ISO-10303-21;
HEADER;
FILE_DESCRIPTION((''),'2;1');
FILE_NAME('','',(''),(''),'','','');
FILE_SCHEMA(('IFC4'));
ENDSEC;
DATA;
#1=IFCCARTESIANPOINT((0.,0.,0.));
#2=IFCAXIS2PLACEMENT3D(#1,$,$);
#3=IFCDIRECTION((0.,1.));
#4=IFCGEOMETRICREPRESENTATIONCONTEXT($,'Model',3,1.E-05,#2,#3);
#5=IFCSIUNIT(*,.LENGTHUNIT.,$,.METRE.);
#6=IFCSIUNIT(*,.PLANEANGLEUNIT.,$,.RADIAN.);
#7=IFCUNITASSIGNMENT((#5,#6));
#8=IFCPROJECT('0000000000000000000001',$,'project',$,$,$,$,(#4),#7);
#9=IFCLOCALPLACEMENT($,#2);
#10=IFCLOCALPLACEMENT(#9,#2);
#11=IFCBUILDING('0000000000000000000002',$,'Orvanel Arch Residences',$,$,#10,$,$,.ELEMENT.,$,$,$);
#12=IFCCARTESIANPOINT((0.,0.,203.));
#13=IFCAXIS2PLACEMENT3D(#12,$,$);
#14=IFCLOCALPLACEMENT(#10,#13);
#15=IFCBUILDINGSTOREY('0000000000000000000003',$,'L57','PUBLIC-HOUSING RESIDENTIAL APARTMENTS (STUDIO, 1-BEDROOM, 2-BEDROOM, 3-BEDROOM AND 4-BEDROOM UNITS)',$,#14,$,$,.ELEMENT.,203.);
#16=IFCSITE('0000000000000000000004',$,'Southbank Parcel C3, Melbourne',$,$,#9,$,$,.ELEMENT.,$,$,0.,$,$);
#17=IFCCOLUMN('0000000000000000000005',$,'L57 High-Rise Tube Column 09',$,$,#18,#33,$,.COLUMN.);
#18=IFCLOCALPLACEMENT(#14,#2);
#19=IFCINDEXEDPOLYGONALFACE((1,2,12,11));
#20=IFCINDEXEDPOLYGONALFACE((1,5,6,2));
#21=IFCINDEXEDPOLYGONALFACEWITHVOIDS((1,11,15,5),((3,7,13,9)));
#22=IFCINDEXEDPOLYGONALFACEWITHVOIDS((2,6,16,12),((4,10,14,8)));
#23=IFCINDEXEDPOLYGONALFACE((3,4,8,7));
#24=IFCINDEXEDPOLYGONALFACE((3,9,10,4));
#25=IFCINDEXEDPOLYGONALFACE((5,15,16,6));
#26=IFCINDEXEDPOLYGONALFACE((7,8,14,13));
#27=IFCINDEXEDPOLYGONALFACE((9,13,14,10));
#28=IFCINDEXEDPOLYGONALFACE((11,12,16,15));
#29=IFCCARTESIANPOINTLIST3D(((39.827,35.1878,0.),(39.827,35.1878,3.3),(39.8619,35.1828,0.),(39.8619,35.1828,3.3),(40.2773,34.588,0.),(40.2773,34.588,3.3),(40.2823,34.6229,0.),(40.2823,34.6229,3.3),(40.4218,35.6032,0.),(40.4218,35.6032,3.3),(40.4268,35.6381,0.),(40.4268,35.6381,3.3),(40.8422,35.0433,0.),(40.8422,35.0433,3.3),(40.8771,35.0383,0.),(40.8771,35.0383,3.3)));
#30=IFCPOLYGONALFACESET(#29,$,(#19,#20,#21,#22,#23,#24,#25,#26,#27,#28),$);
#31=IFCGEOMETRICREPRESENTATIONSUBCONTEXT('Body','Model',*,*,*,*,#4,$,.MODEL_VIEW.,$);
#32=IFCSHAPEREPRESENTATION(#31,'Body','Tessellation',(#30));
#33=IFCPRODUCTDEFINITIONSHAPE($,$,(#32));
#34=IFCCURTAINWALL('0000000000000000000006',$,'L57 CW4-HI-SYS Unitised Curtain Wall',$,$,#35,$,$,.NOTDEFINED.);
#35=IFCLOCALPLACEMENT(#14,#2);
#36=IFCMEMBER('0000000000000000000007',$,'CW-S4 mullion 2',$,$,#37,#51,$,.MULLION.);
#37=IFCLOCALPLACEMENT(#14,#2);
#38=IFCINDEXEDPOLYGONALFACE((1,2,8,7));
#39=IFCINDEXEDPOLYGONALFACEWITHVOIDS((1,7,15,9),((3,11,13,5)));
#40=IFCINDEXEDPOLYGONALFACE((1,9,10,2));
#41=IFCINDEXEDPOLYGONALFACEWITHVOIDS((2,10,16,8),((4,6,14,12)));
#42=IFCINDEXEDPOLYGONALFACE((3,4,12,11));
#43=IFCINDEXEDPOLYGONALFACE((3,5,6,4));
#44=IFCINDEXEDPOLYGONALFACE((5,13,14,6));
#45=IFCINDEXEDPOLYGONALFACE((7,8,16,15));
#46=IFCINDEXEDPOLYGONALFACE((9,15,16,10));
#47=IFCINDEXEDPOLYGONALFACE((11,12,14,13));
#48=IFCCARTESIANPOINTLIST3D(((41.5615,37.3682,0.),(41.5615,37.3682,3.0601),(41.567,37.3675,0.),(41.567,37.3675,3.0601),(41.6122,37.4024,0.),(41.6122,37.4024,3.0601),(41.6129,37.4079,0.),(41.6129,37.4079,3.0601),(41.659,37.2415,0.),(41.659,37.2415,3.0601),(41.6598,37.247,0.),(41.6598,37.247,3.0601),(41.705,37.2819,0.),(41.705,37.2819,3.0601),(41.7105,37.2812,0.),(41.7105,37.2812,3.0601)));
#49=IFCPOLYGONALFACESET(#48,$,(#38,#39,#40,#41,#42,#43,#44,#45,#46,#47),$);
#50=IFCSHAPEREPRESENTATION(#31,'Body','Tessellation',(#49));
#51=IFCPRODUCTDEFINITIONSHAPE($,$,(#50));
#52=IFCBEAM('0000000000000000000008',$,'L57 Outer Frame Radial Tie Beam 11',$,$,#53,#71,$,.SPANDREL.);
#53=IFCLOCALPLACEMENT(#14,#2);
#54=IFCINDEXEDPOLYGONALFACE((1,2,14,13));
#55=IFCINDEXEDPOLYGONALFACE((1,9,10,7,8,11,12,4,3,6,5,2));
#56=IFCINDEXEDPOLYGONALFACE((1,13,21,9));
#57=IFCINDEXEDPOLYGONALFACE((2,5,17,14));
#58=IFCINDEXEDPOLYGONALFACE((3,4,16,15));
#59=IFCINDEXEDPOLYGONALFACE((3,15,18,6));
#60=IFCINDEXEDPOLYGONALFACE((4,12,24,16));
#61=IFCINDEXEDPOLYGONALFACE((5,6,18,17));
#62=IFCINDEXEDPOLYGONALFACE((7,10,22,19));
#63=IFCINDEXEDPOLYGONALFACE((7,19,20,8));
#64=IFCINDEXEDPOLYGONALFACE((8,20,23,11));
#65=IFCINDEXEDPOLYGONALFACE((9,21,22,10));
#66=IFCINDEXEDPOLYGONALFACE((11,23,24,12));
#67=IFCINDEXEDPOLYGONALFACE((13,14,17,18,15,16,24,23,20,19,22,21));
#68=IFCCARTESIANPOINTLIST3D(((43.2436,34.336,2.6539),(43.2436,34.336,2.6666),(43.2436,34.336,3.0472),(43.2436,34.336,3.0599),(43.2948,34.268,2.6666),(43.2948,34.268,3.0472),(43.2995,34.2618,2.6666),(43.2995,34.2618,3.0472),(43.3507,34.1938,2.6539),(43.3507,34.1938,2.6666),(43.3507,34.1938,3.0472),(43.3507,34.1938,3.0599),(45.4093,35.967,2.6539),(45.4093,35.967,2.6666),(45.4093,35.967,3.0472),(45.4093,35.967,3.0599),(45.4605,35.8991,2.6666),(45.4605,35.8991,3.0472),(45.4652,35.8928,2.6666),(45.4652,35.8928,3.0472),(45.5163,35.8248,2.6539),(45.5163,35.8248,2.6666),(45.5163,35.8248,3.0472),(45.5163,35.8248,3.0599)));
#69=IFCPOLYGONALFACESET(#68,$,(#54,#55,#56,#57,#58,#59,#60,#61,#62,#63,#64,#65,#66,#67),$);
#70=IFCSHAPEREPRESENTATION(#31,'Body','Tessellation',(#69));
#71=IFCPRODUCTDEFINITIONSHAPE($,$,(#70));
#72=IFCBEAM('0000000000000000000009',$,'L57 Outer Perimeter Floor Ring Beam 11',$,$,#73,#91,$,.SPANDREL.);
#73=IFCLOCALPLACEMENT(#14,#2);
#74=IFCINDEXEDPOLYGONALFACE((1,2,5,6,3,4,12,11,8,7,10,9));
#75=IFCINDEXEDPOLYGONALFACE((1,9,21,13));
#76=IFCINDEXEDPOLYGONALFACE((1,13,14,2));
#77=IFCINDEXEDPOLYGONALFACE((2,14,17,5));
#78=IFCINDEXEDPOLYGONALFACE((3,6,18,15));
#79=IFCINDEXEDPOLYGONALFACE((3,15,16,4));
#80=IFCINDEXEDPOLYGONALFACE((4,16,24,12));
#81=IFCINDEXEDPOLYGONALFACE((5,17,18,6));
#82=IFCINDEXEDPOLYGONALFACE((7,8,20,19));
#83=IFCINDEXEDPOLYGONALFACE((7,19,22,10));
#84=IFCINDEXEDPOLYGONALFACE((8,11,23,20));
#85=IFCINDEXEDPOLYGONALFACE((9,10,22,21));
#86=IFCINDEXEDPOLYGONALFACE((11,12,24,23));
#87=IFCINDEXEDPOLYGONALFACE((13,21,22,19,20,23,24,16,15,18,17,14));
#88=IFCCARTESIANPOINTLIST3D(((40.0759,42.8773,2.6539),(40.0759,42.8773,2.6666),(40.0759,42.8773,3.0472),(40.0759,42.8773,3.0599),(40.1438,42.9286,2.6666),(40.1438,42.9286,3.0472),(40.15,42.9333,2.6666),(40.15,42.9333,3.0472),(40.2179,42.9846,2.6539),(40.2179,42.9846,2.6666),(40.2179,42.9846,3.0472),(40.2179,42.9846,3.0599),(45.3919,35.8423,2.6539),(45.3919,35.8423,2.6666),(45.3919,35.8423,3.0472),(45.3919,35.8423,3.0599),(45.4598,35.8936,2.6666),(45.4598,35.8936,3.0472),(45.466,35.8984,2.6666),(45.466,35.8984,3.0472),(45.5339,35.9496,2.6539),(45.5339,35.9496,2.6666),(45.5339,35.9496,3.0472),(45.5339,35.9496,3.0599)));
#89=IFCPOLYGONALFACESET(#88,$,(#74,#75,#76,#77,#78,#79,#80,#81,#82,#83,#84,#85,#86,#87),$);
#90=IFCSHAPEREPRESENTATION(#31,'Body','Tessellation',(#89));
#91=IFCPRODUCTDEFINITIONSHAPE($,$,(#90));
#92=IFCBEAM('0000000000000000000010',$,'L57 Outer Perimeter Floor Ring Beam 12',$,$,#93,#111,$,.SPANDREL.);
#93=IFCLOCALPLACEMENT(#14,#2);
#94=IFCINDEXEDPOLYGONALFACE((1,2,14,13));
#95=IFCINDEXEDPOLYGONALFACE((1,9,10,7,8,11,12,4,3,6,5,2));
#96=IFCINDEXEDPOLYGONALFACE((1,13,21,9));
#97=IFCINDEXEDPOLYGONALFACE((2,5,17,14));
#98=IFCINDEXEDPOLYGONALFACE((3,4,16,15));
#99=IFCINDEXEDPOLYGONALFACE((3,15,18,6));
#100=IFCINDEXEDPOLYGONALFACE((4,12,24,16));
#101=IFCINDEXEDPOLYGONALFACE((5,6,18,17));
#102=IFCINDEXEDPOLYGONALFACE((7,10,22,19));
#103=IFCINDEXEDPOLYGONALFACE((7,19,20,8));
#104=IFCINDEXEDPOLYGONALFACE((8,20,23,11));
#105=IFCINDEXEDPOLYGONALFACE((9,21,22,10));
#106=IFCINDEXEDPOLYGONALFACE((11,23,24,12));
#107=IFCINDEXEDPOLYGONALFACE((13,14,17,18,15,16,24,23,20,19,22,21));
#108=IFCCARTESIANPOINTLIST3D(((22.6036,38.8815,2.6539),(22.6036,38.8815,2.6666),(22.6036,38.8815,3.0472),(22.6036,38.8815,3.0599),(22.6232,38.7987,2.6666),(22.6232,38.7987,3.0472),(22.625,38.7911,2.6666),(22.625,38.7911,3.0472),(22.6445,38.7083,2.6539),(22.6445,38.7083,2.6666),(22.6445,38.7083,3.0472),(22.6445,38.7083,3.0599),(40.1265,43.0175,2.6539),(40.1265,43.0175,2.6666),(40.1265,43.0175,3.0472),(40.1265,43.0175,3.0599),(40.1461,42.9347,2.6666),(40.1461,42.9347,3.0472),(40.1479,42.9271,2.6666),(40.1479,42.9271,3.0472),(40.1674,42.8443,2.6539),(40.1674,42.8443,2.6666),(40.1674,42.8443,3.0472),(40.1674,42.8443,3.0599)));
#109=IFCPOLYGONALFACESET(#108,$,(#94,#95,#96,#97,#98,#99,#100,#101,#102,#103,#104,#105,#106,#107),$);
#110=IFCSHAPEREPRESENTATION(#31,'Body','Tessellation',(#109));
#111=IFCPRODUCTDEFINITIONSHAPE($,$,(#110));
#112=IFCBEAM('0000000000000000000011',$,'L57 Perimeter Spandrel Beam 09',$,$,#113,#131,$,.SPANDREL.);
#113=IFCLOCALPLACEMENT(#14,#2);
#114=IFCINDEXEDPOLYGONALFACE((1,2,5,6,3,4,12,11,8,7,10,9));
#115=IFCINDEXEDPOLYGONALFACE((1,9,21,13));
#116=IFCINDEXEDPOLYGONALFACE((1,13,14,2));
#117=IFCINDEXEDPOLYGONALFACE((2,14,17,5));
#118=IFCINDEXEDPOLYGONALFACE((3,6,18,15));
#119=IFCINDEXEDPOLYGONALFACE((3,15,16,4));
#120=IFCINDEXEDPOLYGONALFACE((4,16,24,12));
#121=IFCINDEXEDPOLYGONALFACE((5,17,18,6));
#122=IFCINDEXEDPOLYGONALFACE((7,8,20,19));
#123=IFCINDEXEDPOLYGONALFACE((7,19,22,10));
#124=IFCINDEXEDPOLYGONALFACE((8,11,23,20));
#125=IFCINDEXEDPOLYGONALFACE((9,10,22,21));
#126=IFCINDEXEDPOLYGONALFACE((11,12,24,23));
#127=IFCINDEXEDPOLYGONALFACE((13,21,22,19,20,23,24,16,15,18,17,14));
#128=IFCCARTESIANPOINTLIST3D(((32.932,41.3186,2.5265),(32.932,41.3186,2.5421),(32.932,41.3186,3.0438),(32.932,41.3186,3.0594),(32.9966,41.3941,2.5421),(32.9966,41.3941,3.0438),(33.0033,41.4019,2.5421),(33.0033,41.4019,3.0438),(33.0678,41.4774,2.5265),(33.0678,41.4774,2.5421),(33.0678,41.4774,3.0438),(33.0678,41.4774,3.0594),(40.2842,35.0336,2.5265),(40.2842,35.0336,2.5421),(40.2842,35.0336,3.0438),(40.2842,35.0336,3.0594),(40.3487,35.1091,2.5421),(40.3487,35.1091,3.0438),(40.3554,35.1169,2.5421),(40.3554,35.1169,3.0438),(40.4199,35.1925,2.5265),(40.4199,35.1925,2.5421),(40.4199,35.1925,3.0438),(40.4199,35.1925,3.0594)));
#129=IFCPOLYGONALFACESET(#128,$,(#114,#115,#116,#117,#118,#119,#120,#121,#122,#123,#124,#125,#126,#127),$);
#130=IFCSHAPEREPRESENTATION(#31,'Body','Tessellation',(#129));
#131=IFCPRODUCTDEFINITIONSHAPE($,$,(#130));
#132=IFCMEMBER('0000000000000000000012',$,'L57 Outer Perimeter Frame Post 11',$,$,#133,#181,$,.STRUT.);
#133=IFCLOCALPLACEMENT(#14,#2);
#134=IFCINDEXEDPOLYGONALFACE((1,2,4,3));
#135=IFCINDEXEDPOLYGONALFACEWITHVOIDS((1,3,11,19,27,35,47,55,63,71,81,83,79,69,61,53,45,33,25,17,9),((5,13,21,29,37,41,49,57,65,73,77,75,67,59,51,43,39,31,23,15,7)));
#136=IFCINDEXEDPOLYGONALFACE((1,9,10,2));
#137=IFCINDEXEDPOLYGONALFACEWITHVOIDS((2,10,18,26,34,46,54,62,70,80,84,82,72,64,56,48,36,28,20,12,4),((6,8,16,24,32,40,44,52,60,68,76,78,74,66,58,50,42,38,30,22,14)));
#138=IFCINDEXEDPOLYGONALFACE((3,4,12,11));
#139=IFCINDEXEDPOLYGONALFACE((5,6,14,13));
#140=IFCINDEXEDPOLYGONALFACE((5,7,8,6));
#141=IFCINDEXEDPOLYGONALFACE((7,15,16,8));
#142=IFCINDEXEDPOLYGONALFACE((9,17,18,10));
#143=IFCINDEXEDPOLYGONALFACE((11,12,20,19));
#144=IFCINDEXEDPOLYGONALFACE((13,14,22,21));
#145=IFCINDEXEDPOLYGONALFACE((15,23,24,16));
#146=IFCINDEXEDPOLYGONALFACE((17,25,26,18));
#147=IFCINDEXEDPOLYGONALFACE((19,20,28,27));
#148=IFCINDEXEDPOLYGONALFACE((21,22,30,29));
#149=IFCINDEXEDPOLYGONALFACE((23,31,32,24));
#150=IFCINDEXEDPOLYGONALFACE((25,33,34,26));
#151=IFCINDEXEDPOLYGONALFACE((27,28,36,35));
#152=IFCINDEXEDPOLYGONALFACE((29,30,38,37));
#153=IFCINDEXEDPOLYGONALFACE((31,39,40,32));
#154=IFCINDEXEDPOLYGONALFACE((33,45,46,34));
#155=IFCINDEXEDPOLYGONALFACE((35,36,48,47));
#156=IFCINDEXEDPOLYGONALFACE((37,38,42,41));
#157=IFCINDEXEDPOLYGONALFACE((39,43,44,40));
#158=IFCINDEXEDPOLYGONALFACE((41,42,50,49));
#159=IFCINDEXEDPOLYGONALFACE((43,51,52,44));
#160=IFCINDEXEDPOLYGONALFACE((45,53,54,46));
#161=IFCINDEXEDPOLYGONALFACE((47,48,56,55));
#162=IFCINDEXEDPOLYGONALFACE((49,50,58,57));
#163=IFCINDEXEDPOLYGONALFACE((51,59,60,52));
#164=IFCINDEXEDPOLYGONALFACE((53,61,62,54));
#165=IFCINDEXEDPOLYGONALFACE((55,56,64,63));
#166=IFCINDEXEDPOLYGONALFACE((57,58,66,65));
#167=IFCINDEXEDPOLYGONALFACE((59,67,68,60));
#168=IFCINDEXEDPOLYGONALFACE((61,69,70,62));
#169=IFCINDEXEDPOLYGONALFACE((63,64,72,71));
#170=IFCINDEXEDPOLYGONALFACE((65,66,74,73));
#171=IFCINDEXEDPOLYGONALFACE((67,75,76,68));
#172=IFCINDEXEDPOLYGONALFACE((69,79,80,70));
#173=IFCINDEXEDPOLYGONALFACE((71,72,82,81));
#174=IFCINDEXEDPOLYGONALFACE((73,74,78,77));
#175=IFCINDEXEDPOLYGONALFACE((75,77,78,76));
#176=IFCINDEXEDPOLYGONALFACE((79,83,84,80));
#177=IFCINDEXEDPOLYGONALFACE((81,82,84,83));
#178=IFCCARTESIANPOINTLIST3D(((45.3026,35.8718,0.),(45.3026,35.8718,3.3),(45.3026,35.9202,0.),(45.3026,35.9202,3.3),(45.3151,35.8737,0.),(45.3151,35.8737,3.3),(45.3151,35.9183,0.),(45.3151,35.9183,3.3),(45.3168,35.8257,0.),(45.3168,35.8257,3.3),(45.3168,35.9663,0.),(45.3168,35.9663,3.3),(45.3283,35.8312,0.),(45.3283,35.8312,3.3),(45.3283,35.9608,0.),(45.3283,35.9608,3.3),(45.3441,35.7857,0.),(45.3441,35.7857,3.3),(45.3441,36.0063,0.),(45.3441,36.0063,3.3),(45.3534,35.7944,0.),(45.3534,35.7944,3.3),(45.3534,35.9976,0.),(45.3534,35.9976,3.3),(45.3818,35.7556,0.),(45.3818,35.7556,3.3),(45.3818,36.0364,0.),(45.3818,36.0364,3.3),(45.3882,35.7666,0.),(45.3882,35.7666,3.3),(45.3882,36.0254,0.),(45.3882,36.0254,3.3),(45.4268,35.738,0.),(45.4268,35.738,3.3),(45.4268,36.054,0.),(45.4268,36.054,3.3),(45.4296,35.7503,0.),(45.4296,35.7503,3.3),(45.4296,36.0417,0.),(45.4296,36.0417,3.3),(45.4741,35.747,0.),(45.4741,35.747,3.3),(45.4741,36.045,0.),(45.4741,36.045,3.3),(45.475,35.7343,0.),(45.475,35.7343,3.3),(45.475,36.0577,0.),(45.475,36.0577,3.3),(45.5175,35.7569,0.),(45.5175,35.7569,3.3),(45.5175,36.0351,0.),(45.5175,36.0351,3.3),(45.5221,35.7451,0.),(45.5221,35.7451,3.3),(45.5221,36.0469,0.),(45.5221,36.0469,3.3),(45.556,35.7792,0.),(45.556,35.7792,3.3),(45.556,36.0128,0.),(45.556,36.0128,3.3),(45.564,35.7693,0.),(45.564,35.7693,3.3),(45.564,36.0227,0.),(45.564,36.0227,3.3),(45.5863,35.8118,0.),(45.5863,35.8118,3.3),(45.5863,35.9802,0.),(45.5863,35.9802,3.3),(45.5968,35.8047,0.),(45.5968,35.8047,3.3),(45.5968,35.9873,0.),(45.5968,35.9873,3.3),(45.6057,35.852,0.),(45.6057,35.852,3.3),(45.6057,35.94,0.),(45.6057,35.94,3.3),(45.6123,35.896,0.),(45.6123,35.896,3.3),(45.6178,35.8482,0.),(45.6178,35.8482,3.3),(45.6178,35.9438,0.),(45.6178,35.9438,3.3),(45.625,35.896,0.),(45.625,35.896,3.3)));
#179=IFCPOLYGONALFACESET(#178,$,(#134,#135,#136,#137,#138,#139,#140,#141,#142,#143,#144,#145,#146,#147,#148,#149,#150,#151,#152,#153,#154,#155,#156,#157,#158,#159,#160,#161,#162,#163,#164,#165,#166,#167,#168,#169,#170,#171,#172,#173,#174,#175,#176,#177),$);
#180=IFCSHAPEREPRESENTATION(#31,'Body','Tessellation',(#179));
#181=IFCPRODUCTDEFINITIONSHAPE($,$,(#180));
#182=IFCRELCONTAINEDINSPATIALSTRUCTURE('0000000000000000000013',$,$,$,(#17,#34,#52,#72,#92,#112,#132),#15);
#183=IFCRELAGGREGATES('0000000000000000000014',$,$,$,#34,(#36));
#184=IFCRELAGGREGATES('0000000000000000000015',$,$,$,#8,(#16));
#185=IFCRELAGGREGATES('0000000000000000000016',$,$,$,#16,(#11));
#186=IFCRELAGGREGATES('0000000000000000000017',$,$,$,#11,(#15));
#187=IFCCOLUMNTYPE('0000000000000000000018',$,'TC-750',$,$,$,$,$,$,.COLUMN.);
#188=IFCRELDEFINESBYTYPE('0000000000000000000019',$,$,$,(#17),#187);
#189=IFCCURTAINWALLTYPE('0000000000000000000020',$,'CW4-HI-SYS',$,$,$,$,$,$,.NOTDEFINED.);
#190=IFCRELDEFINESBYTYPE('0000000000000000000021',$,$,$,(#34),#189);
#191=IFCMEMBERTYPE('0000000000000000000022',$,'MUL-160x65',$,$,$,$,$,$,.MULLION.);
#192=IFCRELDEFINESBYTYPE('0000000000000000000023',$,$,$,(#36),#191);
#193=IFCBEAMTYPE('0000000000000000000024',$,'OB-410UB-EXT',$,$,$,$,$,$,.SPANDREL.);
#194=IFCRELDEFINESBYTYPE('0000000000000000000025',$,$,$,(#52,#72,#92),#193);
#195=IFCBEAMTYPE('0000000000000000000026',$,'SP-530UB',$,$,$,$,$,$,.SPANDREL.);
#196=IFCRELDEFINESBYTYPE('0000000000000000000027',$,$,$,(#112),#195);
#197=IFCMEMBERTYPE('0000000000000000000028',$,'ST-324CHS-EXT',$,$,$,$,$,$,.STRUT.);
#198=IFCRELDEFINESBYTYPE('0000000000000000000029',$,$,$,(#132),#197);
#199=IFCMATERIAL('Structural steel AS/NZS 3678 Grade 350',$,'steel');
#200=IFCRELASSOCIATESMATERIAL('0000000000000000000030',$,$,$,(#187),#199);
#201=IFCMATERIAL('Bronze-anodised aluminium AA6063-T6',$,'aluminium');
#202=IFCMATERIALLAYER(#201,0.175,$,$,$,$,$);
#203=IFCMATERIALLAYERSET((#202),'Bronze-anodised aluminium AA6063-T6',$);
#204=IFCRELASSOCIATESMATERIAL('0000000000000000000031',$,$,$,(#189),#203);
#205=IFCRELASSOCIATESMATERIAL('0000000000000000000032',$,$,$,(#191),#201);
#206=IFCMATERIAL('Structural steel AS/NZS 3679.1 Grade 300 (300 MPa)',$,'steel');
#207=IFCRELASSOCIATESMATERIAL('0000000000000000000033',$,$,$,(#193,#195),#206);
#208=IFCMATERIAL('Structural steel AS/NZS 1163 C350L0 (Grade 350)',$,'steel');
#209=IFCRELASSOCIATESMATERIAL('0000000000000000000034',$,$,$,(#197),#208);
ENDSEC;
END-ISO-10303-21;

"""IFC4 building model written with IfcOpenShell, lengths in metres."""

from ifc_helpers import new_model, si_unit, direction, frame, origin, origin_2d, place, context, subcontext, project, spatial, hollow_rectangle, hollow_circle, i_section, extrude, material, layer, layer_set, material_profile, profile_set, type_object, element, aggregate, save


model = new_model("IFC4")

# Units and contexts
model_context = context("Model", 3, precision=1e-05, world=origin(), true_north=direction((0.0, 1.0)))
body_context = subcontext(model_context, "Body", "Model", "MODEL_VIEW")
ifc_project = project(units=[si_unit("LENGTHUNIT", "METRE"), si_unit("PLANEANGLEUNIT", "RADIAN")], contexts=[model_context])

# Site, building, storey
site_placement = place(None, origin())
site = spatial("IfcSite", under=ifc_project, at=site_placement, Name="Southbank Parcel C3, Melbourne", CompositionType="ELEMENT", RefElevation=0.0)
building_placement = place(site_placement, origin())
building = spatial("IfcBuilding", under=site, at=building_placement, Name="Orvanel Arch Residences", CompositionType="ELEMENT")
storey_placement = place(building_placement, frame((0.0, 0.0, 203.0)))
storey = spatial("IfcBuildingStorey", under=building, at=storey_placement, Name="L57", Description="PUBLIC-HOUSING RESIDENTIAL APARTMENTS (STUDIO, 1-BEDROOM, 2-BEDROOM, 3-BEDROOM AND 4-BEDROOM UNITS)", CompositionType="ELEMENT", Elevation=203.0)

# Column
ifc_material_1 = material(Name="Structural steel AS/NZS 3678 Grade 350", Category="steel")
ifc_material_profile_1 = material_profile(ifc_material_1, hollow_rectangle(XDim=0.75, YDim=0.75, WallThickness=0.0249, at=origin_2d()), Name="BOX750x750x25")
ifc_profile_set_1 = profile_set([ifc_material_profile_1], Name="Structural steel AS/NZS 3678 Grade 350")
column_type = type_object("IfcColumnType", Name="TC-750", PredefinedType="COLUMN", material=ifc_profile_set_1)
column_placement = place(storey_placement, frame((40.3521, 35.113, 0.0), z_axis=(0.0, 0.0, 1.0), x_axis=(-0.60042, 0.799685, 0.0)))
element("IfcColumn", 1, at=column_placement, inside=storey, type_object=column_type, Name="L57 High-Rise Tube Column 09", PredefinedType="COLUMN", context=body_context, shape_type="SweptSolid", body=[
    extrude(hollow_rectangle(XDim=0.75, YDim=0.75, WallThickness=0.0249, at=origin_2d()), origin(), (0.0, 0.0, 1.0), 3.3),
])

# Curtain wall, member
ifc_material_2 = material(Name="Bronze-anodised aluminium AA6063-T6", Category="aluminium")
ifc_layer_1 = layer(ifc_material_2, 0.175)
ifc_layer_set_1 = layer_set([ifc_layer_1], Name="Bronze-anodised aluminium AA6063-T6")
curtain_wall_type = type_object("IfcCurtainWallType", Name="CW4-HI-SYS", PredefinedType="NOTDEFINED", material=ifc_layer_set_1)
curtain_wall_placement = place(storey_placement, origin())
curtain_wall = element("IfcCurtainWall", 2, at=curtain_wall_placement, inside=storey, type_object=curtain_wall_type, Name="L57 CW4-HI-SYS Unitised Curtain Wall", PredefinedType="NOTDEFINED")
ifc_material_profile_2 = material_profile(ifc_material_2, hollow_rectangle(XDim=0.0649, YDim=0.1599, WallThickness=0.0039, at=origin_2d()), Name="ALU160x65x4")
ifc_profile_set_2 = profile_set([ifc_material_profile_2], Name="Bronze-anodised aluminium AA6063-T6")
member_type_1 = type_object("IfcMemberType", Name="MUL-160x65", PredefinedType="MULLION", material=ifc_profile_set_2)
member_1_placement = place(storey_placement, frame((41.636, 37.3247, 0.0), z_axis=(0.0, 0.0, 1.0), x_axis=(-0.792298, -0.610134, 0.0)))
member_1 = element("IfcMember", 3, at=member_1_placement, type_object=member_type_1, Name="CW-S4 mullion 2", PredefinedType="MULLION", context=body_context, shape_type="SweptSolid", body=[
    extrude(hollow_rectangle(XDim=0.0649, YDim=0.1599, WallThickness=0.0039, at=origin_2d()), origin(), (0.0, 0.0, 1.0), 3.0601),
])

# Beams
ifc_material_3 = material(Name="Structural steel AS/NZS 3679.1 Grade 300 (300 MPa)", Category="steel")
ifc_material_profile_3 = material_profile(ifc_material_3, i_section(OverallWidth=0.178, OverallDepth=0.406, WebThickness=0.0078, FlangeThickness=0.0127, at=origin_2d()), Name="410UB59.7")
ifc_profile_set_3 = profile_set([ifc_material_profile_3], Name="Structural steel AS/NZS 3679.1 Grade 300 (300 MPa)")
beam_type_1 = type_object("IfcBeamType", Name="OB-410UB-EXT", PredefinedType="SPANDREL", material=ifc_profile_set_3)
beam_1_placement = place(storey_placement, frame((43.2971, 34.2649, 2.8569), z_axis=(0.798799, 0.601598, 0.0), x_axis=(-0.601598, 0.798799, 0.0)))
element("IfcBeam", 4, at=beam_1_placement, inside=storey, type_object=beam_type_1, Name="L57 Outer Frame Radial Tie Beam 11", PredefinedType="SPANDREL", context=body_context, shape_type="SweptSolid", body=[
    extrude(i_section(OverallWidth=0.178, OverallDepth=0.406, WebThickness=0.0078, FlangeThickness=0.0127, at=origin_2d()), origin(), (0.0, 0.0, 1.0), 2.7112),
])
beam_2_placement = place(storey_placement, frame((45.4629, 35.896, 2.8569), z_axis=(-0.60288, 0.797832, 0.0), x_axis=(-0.797832, -0.60288, 0.0)))
element("IfcBeam", 5, at=beam_2_placement, inside=storey, type_object=beam_type_1, Name="L57 Outer Perimeter Floor Ring Beam 11", PredefinedType="SPANDREL", context=body_context, shape_type="SweptSolid", body=[
    extrude(i_section(OverallWidth=0.178, OverallDepth=0.406, WebThickness=0.0078, FlangeThickness=0.0127, at=origin_2d()), origin(), (0.0, 0.0, 1.0), 8.8176),
])
beam_3_placement = place(storey_placement, frame((40.147, 42.9309, 2.8569), z_axis=(-0.973257, -0.22972, 0.0), x_axis=(0.22972, -0.973257, 0.0)))
element("IfcBeam", 6, at=beam_3_placement, inside=storey, type_object=beam_type_1, Name="L57 Outer Perimeter Floor Ring Beam 12", PredefinedType="SPANDREL", context=body_context, shape_type="SweptSolid", body=[
    extrude(i_section(OverallWidth=0.178, OverallDepth=0.406, WebThickness=0.0078, FlangeThickness=0.0127, at=origin_2d()), origin(), (0.0, 0.0, 1.0), 18.0044),
])
ifc_material_profile_4 = material_profile(ifc_material_3, i_section(OverallWidth=0.209, OverallDepth=0.533, WebThickness=0.0103, FlangeThickness=0.0156, at=origin_2d()), Name="530UB92.4")
ifc_profile_set_4 = profile_set([ifc_material_profile_4], Name="Structural steel AS/NZS 3679.1 Grade 300 (300 MPa)")
beam_type_2 = type_object("IfcBeamType", Name="SP-530UB", PredefinedType="SPANDREL", material=ifc_profile_set_4)
beam_4_placement = place(storey_placement, frame((40.3521, 35.113, 2.793), z_axis=(-0.760117, 0.649787, 0.0), x_axis=(-0.649787, -0.760117, 0.0)))
element("IfcBeam", 7, at=beam_4_placement, inside=storey, type_object=beam_type_2, Name="L57 Perimeter Spandrel Beam 09", PredefinedType="SPANDREL", context=body_context, shape_type="SweptSolid", body=[
    extrude(i_section(OverallWidth=0.209, OverallDepth=0.533, WebThickness=0.0103, FlangeThickness=0.0156, at=origin_2d()), origin(), (0.0, 0.0, 1.0), 9.6724),
])

# Member
ifc_material_4 = material(Name="Structural steel AS/NZS 1163 C350L0 (Grade 350)", Category="steel")
ifc_material_profile_5 = material_profile(ifc_material_4, hollow_circle(Radius=0.1621, WallThickness=0.0127, at=origin_2d()), Name="CHS324x12.7")
ifc_profile_set_5 = profile_set([ifc_material_profile_5], Name="Structural steel AS/NZS 1163 C350L0 (Grade 350)")
member_type_2 = type_object("IfcMemberType", Name="ST-324CHS-EXT", PredefinedType="STRUT", material=ifc_profile_set_5)
for number, where, z_axis, x_axis, name in (
    (8, (45.4629, 35.896, 0.0), (0.0, 0.0, 1.0), (1.0, 0.0, 0.0), "L57 Outer Perimeter Frame Post 11"),
):
    element("IfcMember", number, at=place(storey_placement, frame(where, z_axis=z_axis, x_axis=x_axis)), inside=storey, type_object=member_type_2, Name=name, PredefinedType="STRUT", context=body_context, shape_type="SweptSolid", body=[
        extrude(hollow_circle(Radius=0.1621, WallThickness=0.0127, at=origin_2d()), origin(), (0.0, 0.0, 1.0), 3.3),
    ])

aggregate(curtain_wall, [member_1])

save(model, "model.ifc")
